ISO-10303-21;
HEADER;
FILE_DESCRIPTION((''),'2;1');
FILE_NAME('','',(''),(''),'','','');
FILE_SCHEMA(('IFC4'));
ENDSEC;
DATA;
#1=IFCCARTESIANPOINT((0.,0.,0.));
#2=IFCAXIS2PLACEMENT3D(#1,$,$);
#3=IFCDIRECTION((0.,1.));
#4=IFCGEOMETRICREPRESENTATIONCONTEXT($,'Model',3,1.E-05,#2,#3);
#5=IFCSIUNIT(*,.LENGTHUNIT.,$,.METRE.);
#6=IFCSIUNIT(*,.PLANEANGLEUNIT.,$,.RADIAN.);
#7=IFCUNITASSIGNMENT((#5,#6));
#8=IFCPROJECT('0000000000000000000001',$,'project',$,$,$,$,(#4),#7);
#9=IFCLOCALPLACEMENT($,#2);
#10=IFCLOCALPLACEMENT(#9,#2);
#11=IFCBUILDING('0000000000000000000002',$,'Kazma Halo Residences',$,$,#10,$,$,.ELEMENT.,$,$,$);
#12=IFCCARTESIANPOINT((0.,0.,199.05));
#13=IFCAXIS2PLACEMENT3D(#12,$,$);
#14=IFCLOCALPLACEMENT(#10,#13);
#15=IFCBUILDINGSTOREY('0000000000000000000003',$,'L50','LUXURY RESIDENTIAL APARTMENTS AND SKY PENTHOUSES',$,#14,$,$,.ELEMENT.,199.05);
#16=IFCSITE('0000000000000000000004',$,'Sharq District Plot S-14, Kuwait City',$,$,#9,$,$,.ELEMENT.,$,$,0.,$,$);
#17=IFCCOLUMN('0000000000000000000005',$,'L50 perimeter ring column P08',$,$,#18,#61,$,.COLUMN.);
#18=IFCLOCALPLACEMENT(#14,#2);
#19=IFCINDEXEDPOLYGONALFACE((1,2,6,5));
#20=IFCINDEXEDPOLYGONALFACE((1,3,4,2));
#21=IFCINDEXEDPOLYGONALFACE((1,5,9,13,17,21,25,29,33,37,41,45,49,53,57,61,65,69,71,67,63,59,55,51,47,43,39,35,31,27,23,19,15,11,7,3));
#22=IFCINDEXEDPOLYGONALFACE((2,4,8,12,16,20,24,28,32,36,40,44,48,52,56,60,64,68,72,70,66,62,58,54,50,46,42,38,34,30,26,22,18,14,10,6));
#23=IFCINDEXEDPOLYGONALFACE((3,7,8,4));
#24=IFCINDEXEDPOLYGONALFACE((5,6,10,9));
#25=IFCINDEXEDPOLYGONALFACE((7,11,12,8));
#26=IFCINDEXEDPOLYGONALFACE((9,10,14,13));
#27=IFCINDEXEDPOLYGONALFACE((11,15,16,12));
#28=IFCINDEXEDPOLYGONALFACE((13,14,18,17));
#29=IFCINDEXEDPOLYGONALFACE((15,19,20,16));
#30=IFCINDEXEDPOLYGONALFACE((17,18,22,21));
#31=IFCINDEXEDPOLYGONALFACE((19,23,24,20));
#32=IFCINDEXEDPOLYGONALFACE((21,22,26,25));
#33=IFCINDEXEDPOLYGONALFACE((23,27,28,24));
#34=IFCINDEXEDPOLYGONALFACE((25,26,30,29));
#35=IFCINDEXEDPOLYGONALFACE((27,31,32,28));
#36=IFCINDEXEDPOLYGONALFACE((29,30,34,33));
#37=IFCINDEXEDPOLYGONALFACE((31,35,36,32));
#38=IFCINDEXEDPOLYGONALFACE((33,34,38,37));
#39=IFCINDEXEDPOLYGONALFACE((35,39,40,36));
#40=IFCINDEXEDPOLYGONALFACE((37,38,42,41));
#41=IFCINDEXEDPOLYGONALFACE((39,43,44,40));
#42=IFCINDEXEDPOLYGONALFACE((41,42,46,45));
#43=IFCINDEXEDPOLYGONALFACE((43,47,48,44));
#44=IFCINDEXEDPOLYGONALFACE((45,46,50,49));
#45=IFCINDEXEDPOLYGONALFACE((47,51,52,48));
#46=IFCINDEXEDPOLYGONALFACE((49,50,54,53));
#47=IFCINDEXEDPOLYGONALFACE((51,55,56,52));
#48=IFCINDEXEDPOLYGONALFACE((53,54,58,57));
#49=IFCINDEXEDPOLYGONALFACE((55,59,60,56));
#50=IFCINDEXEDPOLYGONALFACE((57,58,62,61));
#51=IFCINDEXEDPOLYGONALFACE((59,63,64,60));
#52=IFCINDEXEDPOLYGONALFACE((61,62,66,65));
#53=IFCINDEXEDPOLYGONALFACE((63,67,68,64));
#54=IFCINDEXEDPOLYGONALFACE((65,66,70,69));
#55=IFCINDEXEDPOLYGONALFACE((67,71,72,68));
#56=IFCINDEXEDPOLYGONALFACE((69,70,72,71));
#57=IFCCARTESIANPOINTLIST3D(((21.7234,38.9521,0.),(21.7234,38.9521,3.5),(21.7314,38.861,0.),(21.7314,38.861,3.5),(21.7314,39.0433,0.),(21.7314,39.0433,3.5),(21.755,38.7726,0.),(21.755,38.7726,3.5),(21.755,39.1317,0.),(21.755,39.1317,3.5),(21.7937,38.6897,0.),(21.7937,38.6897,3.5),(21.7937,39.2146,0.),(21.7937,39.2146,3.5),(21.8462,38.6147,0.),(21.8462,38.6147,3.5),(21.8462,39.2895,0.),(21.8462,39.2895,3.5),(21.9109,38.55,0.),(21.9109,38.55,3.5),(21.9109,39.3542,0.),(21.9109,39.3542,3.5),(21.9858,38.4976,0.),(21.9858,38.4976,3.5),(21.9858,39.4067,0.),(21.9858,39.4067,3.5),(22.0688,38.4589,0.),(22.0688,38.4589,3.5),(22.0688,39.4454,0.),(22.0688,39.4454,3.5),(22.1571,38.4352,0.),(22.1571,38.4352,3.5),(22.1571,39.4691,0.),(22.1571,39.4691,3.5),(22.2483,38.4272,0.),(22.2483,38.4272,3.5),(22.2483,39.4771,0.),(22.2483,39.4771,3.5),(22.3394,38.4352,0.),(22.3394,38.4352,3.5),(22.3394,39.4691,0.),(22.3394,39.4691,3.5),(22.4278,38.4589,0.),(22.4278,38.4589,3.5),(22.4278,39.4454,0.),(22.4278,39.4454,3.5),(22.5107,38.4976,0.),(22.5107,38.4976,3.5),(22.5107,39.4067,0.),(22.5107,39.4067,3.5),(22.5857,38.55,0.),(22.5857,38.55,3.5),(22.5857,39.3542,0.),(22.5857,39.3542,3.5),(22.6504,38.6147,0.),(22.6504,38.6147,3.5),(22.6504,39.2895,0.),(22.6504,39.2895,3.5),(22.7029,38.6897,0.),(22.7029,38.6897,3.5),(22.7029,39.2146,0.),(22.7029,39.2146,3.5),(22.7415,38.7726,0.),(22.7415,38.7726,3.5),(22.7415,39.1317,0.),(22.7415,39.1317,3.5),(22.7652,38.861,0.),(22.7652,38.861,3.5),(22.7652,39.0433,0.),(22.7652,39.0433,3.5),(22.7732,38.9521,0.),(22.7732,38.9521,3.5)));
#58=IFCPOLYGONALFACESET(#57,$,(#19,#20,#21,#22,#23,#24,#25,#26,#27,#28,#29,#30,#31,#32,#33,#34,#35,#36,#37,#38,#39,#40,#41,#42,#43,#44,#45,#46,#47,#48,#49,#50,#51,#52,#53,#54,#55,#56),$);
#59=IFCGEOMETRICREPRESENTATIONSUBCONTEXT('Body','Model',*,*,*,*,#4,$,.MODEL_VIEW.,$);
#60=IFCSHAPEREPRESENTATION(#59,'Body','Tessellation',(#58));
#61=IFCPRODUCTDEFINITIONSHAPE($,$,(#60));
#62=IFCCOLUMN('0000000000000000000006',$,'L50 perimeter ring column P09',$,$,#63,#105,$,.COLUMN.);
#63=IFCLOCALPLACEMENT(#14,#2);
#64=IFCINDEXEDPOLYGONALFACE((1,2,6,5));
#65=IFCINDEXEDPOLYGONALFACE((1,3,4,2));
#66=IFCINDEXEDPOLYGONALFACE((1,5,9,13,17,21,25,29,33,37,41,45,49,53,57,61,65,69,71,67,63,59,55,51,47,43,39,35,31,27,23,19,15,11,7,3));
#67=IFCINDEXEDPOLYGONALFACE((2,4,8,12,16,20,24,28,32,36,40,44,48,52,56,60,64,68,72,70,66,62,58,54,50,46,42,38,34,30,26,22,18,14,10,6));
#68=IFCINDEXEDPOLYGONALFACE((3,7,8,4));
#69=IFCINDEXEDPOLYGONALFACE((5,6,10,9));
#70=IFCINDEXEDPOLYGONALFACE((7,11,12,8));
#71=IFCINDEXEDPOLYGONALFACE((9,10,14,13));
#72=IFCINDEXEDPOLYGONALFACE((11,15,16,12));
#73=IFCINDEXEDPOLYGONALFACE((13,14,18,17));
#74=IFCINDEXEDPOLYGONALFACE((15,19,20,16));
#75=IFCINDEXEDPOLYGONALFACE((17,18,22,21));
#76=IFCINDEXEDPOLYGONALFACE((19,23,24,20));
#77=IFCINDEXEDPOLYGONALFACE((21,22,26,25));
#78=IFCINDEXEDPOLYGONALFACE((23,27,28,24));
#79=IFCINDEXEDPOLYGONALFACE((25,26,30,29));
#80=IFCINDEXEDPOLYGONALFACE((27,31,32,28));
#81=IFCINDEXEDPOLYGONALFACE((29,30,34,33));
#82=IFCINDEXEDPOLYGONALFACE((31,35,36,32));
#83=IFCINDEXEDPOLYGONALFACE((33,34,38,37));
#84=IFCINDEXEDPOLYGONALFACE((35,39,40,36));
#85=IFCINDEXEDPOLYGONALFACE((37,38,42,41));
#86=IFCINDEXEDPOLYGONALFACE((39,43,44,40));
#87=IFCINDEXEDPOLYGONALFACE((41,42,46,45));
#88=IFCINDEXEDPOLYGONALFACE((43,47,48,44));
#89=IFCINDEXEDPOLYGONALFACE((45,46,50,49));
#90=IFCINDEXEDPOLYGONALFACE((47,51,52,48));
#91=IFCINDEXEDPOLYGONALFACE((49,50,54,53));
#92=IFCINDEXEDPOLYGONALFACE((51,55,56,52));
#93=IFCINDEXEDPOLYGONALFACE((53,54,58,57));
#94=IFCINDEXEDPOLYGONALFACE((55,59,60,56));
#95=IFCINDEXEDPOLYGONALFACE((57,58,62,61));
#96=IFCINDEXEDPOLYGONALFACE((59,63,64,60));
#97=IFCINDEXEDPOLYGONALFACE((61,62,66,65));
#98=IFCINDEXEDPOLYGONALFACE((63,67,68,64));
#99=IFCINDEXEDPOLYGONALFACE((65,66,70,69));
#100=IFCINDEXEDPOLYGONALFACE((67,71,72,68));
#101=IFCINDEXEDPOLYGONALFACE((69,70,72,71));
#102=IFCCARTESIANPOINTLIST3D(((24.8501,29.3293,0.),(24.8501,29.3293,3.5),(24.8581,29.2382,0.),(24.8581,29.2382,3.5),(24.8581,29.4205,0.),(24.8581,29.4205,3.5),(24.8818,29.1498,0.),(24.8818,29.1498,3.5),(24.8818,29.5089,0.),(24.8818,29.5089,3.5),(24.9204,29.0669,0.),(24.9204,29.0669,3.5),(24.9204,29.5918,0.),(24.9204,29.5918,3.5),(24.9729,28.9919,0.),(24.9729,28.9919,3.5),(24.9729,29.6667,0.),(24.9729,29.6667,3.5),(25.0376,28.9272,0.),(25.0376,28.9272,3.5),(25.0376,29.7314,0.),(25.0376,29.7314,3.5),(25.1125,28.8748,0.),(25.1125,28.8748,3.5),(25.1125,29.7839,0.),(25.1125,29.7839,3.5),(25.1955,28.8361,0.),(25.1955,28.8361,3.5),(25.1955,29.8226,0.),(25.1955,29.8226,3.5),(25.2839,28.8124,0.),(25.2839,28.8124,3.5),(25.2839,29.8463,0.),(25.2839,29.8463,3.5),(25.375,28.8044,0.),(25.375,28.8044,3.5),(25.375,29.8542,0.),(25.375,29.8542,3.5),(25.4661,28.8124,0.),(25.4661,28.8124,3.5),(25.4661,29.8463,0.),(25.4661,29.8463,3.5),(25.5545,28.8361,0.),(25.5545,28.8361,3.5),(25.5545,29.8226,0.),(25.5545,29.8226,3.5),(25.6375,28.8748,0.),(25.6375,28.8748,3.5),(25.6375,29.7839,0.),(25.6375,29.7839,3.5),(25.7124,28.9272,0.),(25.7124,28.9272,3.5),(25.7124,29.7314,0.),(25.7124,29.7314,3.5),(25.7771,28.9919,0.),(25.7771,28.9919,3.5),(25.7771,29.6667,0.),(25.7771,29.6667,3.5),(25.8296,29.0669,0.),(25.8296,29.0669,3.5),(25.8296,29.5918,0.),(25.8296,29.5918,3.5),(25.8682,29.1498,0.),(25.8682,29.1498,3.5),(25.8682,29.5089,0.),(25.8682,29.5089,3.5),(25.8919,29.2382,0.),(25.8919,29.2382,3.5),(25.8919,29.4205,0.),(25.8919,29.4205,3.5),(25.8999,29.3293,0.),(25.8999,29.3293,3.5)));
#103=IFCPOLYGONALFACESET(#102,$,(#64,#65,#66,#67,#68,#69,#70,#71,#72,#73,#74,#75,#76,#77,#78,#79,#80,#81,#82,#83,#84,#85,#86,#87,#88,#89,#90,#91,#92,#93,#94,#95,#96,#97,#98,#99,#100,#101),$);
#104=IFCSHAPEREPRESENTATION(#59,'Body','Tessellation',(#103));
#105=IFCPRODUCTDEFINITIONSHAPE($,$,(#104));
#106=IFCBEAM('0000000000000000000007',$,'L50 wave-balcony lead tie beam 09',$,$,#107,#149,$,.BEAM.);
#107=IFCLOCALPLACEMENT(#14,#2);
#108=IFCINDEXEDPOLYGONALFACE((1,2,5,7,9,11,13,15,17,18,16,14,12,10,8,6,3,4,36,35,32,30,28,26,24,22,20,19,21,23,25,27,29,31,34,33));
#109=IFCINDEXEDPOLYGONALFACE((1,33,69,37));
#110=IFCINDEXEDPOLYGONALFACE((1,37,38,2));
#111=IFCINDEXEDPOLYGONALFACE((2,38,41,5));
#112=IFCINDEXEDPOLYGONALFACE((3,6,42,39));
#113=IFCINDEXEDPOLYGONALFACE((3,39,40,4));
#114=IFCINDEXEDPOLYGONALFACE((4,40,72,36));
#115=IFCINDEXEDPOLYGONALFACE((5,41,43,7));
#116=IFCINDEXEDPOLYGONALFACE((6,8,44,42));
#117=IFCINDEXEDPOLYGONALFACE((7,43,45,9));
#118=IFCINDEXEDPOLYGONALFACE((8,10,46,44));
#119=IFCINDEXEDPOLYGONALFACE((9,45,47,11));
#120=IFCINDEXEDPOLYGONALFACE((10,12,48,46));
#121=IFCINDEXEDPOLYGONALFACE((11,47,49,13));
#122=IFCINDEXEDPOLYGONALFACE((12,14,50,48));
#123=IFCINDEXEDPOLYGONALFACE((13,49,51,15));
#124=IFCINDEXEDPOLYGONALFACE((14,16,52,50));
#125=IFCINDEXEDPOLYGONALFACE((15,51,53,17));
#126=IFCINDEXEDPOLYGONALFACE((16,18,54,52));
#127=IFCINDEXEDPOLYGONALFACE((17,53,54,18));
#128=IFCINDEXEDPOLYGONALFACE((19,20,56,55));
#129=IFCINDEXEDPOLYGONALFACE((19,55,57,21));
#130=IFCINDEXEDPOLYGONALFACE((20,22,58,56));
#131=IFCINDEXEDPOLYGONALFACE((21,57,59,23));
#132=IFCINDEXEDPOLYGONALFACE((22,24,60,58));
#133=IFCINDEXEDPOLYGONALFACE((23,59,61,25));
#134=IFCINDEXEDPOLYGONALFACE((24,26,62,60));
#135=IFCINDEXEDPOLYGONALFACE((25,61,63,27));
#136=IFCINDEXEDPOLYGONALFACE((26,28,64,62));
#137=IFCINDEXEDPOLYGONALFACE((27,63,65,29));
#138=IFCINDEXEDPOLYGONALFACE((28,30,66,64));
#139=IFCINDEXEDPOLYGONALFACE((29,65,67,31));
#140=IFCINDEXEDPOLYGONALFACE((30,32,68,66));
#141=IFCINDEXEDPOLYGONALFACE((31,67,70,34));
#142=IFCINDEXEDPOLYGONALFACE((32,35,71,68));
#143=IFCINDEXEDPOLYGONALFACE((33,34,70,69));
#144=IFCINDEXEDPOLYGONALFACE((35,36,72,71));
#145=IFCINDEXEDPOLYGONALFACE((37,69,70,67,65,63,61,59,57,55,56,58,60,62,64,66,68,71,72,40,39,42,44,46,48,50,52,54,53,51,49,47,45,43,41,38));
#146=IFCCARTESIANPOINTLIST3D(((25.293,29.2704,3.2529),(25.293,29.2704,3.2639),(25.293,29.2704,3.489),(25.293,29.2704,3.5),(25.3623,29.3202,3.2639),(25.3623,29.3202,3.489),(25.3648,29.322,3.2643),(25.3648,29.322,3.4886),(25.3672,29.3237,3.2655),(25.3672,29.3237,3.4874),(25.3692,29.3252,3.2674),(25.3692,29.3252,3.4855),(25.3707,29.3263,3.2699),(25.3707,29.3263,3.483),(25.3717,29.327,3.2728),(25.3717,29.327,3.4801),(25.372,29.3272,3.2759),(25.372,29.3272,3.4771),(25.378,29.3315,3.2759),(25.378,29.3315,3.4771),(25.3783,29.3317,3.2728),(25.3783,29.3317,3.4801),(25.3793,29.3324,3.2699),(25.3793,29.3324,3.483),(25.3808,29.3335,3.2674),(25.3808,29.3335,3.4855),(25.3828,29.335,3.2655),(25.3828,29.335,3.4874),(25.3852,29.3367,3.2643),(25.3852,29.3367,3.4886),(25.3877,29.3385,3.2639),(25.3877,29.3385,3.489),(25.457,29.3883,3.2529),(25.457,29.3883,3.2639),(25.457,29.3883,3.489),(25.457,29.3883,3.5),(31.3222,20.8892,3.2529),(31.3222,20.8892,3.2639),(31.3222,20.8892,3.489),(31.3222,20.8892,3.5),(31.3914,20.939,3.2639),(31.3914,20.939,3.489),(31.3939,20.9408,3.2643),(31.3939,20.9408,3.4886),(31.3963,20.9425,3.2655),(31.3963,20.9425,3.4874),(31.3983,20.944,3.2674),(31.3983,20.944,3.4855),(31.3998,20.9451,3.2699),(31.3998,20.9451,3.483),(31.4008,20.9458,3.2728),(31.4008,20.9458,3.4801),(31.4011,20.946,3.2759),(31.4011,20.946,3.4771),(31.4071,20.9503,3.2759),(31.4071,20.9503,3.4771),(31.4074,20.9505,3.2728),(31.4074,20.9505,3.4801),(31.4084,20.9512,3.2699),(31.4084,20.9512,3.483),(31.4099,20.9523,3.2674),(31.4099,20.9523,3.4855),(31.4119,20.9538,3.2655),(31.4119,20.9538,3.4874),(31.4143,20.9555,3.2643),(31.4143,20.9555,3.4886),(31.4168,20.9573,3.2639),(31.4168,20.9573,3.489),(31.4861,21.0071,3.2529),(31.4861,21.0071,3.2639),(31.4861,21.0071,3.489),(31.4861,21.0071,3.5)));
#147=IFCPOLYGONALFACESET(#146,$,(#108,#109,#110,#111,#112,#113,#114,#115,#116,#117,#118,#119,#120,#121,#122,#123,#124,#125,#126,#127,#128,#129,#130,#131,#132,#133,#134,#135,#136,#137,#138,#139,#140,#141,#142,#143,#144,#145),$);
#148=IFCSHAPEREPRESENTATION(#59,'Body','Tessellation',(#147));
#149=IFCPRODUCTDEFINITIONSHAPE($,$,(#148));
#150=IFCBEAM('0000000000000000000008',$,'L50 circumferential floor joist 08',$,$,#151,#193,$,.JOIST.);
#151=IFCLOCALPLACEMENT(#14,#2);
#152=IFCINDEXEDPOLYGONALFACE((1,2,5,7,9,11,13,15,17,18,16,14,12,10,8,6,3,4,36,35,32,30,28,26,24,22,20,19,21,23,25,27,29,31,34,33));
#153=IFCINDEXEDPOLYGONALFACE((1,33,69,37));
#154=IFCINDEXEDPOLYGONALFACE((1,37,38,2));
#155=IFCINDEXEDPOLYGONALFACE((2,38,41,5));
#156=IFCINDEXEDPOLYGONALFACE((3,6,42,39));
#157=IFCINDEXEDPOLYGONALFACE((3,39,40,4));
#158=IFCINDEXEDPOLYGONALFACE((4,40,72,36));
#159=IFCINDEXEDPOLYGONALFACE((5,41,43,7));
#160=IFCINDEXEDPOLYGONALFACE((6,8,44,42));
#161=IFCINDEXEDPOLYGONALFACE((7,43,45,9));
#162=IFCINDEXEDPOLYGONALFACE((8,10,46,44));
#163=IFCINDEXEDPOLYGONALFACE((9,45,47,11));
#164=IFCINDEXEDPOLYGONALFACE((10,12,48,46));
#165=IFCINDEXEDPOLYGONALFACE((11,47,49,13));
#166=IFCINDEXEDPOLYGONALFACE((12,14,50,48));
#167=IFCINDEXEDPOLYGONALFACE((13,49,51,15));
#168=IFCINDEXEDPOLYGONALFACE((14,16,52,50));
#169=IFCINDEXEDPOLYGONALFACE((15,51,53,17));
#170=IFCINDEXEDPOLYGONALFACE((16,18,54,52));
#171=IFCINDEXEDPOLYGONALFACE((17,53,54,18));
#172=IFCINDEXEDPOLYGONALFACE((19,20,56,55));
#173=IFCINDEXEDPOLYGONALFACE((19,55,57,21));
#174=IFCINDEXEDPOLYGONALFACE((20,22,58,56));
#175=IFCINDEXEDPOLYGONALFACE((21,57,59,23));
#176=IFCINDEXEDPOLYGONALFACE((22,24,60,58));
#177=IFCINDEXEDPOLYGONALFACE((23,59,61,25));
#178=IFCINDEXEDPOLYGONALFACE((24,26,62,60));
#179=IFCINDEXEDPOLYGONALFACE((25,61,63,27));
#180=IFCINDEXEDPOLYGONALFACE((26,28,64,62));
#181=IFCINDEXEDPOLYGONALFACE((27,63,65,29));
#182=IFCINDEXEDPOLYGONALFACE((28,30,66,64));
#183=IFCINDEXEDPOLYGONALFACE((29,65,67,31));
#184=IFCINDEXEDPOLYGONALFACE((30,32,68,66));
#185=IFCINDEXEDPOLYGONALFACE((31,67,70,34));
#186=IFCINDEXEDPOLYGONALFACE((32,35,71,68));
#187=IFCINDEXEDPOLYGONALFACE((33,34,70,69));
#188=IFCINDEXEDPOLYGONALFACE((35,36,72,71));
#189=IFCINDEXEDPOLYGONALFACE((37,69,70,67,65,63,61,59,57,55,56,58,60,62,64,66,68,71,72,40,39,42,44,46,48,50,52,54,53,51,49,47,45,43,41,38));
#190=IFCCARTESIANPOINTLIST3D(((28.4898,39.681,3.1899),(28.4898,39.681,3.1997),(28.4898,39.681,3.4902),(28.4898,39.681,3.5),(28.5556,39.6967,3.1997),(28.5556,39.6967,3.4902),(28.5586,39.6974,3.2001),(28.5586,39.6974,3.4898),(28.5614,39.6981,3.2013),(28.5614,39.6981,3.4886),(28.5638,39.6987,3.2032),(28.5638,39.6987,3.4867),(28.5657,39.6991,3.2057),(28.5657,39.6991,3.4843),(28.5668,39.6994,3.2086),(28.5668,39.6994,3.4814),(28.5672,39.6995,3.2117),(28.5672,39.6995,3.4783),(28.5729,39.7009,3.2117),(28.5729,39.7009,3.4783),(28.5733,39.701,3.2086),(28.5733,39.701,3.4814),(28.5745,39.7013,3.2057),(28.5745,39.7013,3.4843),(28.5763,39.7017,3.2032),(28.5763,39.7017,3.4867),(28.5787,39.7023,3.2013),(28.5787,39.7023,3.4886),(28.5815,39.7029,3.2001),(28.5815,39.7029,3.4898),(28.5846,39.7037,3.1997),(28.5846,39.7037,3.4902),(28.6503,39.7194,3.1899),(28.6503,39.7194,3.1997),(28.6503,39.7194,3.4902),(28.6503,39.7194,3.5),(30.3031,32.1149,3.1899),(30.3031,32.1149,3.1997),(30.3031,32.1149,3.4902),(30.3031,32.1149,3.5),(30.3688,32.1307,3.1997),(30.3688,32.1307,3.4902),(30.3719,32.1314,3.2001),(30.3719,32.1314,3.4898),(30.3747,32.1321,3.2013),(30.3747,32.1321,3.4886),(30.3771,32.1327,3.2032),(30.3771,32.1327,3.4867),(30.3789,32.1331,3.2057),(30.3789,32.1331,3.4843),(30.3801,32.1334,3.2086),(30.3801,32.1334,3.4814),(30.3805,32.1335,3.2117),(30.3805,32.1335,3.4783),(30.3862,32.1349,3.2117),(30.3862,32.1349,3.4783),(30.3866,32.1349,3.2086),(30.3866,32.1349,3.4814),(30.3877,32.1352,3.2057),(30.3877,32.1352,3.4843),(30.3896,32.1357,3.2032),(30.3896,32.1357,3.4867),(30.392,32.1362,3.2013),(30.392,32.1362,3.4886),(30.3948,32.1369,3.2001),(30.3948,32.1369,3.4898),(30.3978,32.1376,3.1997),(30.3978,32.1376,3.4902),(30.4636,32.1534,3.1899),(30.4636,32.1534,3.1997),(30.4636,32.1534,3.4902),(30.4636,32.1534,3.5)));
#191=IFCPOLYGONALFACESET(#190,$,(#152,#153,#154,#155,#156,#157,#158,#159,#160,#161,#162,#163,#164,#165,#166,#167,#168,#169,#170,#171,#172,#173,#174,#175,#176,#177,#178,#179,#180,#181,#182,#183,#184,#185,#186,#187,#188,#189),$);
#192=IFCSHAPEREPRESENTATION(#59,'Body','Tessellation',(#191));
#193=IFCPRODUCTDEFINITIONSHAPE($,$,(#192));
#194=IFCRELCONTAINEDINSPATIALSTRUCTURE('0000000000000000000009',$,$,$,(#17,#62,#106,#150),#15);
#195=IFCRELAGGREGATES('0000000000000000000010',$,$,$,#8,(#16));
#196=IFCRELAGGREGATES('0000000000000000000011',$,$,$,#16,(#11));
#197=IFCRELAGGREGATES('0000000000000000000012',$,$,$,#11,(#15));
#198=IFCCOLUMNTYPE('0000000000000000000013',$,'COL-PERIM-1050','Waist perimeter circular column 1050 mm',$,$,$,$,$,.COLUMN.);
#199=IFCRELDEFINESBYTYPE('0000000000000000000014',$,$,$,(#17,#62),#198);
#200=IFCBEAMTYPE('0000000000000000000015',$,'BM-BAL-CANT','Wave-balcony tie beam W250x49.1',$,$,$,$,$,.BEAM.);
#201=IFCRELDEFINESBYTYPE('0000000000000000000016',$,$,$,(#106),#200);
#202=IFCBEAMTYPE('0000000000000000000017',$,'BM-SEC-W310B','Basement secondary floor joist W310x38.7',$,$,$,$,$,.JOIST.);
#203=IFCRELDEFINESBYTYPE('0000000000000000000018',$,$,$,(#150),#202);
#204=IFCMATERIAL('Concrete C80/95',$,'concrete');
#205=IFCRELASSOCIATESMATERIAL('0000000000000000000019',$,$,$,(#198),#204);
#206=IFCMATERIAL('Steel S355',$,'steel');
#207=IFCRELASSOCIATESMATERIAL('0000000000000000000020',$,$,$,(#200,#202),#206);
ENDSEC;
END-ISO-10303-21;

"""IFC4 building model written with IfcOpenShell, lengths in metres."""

from ifc_helpers import new_model, si_unit, direction, frame, origin, origin_2d, place, context, subcontext, project, spatial, circle, i_section, extrude, material, material_profile, profile_set, type_object, element, save


model = new_model("IFC4")

# Units and contexts
model_context = context("Model", 3, precision=1e-05, world=origin(), true_north=direction((0.0, 1.0)))
body_context = subcontext(model_context, "Body", "Model", "MODEL_VIEW")
ifc_project = project(units=[si_unit("LENGTHUNIT", "METRE"), si_unit("PLANEANGLEUNIT", "RADIAN")], contexts=[model_context])

# Site, building, storey
site_placement = place(None, origin())
site = spatial("IfcSite", under=ifc_project, at=site_placement, Name="Sharq District Plot S-14, Kuwait City", CompositionType="ELEMENT", RefElevation=0.0)
building_placement = place(site_placement, origin())
building = spatial("IfcBuilding", under=site, at=building_placement, Name="Kazma Halo Residences", CompositionType="ELEMENT")
storey_placement = place(building_placement, frame((0.0, 0.0, 199.05)))
storey = spatial("IfcBuildingStorey", under=building, at=storey_placement, Name="L50", Description="LUXURY RESIDENTIAL APARTMENTS AND SKY PENTHOUSES", CompositionType="ELEMENT", Elevation=199.05)

# Columns
ifc_material_1 = material(Name="Concrete C80/95", Category="concrete")
ifc_material_profile_1 = material_profile(ifc_material_1, circle(Radius=0.5249, at=origin_2d()), Name="CIRC1050")
ifc_profile_set_1 = profile_set([ifc_material_profile_1], Name="Concrete C80/95")
column_type = type_object("IfcColumnType", Name="COL-PERIM-1050", Description="Waist perimeter circular column 1050 mm", PredefinedType="COLUMN", material=ifc_profile_set_1)
for number, where, z_axis, x_axis, name in (
    (1, (22.2483, 38.9521, 0.0), (0.0, 0.0, 1.0), (1.0, 0.0, 0.0), "L50 perimeter ring column P08"),
    (2, (25.375, 29.3293, 0.0), (0.0, 0.0, 1.0), (1.0, 0.0, 0.0), "L50 perimeter ring column P09"),
):
    element("IfcColumn", number, at=place(storey_placement, frame(where, z_axis=z_axis, x_axis=x_axis)), inside=storey, type_object=column_type, Name=name, PredefinedType="COLUMN", context=body_context, shape_type="SweptSolid", body=[
        extrude(circle(Radius=0.5249, at=origin_2d()), origin(), (0.0, 0.0, 1.0), 3.5),
    ])

# Beams
ifc_material_2 = material(Name="Steel S355", Category="steel")
ifc_material_profile_2 = material_profile(ifc_material_2, i_section(OverallWidth=0.2019, OverallDepth=0.2471, WebThickness=0.0073, FlangeThickness=0.011, FilletRadius=0.012, at=origin_2d()), Name="W250x49.1")
ifc_profile_set_2 = profile_set([ifc_material_profile_2], Name="Steel S355")
beam_type_1 = type_object("IfcBeamType", Name="BM-BAL-CANT", Description="Wave-balcony tie beam W250x49.1", PredefinedType="BEAM", material=ifc_profile_set_2)
beam_1_placement = place(storey_placement, frame((25.375, 29.3293, 3.3765), z_axis=(0.583964, -0.81178, 0.0), x_axis=(0.81178, 0.583964, 0.0)))
element("IfcBeam", 3, at=beam_1_placement, inside=storey, type_object=beam_type_1, Name="L50 wave-balcony lead tie beam 09", PredefinedType="BEAM", context=body_context, shape_type="SweptSolid", body=[
    extrude(i_section(OverallWidth=0.2019, OverallDepth=0.2471, WebThickness=0.0073, FlangeThickness=0.011, FilletRadius=0.012, at=origin_2d()), origin(), (0.0, 0.0, 1.0), 10.3245),
])
ifc_material_profile_3 = material_profile(ifc_material_2, i_section(OverallWidth=0.165, OverallDepth=0.3101, WebThickness=0.0059, FlangeThickness=0.0098, FilletRadius=0.012, at=origin_2d()), Name="W310x38.7")
ifc_profile_set_3 = profile_set([ifc_material_profile_3], Name="Steel S355")
beam_type_2 = type_object("IfcBeamType", Name="BM-SEC-W310B", Description="Basement secondary floor joist W310x38.7", PredefinedType="JOIST", material=ifc_profile_set_3)
beam_2_placement = place(storey_placement, frame((28.5701, 39.7002, 3.345), z_axis=(0.233058, -0.972463, 0.0), x_axis=(0.972463, 0.233058, 0.0)))
element("IfcBeam", 4, at=beam_2_placement, inside=storey, type_object=beam_type_2, Name="L50 circumferential floor joist 08", PredefinedType="JOIST", context=body_context, shape_type="SweptSolid", body=[
    extrude(i_section(OverallWidth=0.165, OverallDepth=0.3101, WebThickness=0.0059, FlangeThickness=0.0098, FilletRadius=0.012, at=origin_2d()), origin(), (0.0, 0.0, 1.0), 7.7803),
])

save(model, "model.ifc")
